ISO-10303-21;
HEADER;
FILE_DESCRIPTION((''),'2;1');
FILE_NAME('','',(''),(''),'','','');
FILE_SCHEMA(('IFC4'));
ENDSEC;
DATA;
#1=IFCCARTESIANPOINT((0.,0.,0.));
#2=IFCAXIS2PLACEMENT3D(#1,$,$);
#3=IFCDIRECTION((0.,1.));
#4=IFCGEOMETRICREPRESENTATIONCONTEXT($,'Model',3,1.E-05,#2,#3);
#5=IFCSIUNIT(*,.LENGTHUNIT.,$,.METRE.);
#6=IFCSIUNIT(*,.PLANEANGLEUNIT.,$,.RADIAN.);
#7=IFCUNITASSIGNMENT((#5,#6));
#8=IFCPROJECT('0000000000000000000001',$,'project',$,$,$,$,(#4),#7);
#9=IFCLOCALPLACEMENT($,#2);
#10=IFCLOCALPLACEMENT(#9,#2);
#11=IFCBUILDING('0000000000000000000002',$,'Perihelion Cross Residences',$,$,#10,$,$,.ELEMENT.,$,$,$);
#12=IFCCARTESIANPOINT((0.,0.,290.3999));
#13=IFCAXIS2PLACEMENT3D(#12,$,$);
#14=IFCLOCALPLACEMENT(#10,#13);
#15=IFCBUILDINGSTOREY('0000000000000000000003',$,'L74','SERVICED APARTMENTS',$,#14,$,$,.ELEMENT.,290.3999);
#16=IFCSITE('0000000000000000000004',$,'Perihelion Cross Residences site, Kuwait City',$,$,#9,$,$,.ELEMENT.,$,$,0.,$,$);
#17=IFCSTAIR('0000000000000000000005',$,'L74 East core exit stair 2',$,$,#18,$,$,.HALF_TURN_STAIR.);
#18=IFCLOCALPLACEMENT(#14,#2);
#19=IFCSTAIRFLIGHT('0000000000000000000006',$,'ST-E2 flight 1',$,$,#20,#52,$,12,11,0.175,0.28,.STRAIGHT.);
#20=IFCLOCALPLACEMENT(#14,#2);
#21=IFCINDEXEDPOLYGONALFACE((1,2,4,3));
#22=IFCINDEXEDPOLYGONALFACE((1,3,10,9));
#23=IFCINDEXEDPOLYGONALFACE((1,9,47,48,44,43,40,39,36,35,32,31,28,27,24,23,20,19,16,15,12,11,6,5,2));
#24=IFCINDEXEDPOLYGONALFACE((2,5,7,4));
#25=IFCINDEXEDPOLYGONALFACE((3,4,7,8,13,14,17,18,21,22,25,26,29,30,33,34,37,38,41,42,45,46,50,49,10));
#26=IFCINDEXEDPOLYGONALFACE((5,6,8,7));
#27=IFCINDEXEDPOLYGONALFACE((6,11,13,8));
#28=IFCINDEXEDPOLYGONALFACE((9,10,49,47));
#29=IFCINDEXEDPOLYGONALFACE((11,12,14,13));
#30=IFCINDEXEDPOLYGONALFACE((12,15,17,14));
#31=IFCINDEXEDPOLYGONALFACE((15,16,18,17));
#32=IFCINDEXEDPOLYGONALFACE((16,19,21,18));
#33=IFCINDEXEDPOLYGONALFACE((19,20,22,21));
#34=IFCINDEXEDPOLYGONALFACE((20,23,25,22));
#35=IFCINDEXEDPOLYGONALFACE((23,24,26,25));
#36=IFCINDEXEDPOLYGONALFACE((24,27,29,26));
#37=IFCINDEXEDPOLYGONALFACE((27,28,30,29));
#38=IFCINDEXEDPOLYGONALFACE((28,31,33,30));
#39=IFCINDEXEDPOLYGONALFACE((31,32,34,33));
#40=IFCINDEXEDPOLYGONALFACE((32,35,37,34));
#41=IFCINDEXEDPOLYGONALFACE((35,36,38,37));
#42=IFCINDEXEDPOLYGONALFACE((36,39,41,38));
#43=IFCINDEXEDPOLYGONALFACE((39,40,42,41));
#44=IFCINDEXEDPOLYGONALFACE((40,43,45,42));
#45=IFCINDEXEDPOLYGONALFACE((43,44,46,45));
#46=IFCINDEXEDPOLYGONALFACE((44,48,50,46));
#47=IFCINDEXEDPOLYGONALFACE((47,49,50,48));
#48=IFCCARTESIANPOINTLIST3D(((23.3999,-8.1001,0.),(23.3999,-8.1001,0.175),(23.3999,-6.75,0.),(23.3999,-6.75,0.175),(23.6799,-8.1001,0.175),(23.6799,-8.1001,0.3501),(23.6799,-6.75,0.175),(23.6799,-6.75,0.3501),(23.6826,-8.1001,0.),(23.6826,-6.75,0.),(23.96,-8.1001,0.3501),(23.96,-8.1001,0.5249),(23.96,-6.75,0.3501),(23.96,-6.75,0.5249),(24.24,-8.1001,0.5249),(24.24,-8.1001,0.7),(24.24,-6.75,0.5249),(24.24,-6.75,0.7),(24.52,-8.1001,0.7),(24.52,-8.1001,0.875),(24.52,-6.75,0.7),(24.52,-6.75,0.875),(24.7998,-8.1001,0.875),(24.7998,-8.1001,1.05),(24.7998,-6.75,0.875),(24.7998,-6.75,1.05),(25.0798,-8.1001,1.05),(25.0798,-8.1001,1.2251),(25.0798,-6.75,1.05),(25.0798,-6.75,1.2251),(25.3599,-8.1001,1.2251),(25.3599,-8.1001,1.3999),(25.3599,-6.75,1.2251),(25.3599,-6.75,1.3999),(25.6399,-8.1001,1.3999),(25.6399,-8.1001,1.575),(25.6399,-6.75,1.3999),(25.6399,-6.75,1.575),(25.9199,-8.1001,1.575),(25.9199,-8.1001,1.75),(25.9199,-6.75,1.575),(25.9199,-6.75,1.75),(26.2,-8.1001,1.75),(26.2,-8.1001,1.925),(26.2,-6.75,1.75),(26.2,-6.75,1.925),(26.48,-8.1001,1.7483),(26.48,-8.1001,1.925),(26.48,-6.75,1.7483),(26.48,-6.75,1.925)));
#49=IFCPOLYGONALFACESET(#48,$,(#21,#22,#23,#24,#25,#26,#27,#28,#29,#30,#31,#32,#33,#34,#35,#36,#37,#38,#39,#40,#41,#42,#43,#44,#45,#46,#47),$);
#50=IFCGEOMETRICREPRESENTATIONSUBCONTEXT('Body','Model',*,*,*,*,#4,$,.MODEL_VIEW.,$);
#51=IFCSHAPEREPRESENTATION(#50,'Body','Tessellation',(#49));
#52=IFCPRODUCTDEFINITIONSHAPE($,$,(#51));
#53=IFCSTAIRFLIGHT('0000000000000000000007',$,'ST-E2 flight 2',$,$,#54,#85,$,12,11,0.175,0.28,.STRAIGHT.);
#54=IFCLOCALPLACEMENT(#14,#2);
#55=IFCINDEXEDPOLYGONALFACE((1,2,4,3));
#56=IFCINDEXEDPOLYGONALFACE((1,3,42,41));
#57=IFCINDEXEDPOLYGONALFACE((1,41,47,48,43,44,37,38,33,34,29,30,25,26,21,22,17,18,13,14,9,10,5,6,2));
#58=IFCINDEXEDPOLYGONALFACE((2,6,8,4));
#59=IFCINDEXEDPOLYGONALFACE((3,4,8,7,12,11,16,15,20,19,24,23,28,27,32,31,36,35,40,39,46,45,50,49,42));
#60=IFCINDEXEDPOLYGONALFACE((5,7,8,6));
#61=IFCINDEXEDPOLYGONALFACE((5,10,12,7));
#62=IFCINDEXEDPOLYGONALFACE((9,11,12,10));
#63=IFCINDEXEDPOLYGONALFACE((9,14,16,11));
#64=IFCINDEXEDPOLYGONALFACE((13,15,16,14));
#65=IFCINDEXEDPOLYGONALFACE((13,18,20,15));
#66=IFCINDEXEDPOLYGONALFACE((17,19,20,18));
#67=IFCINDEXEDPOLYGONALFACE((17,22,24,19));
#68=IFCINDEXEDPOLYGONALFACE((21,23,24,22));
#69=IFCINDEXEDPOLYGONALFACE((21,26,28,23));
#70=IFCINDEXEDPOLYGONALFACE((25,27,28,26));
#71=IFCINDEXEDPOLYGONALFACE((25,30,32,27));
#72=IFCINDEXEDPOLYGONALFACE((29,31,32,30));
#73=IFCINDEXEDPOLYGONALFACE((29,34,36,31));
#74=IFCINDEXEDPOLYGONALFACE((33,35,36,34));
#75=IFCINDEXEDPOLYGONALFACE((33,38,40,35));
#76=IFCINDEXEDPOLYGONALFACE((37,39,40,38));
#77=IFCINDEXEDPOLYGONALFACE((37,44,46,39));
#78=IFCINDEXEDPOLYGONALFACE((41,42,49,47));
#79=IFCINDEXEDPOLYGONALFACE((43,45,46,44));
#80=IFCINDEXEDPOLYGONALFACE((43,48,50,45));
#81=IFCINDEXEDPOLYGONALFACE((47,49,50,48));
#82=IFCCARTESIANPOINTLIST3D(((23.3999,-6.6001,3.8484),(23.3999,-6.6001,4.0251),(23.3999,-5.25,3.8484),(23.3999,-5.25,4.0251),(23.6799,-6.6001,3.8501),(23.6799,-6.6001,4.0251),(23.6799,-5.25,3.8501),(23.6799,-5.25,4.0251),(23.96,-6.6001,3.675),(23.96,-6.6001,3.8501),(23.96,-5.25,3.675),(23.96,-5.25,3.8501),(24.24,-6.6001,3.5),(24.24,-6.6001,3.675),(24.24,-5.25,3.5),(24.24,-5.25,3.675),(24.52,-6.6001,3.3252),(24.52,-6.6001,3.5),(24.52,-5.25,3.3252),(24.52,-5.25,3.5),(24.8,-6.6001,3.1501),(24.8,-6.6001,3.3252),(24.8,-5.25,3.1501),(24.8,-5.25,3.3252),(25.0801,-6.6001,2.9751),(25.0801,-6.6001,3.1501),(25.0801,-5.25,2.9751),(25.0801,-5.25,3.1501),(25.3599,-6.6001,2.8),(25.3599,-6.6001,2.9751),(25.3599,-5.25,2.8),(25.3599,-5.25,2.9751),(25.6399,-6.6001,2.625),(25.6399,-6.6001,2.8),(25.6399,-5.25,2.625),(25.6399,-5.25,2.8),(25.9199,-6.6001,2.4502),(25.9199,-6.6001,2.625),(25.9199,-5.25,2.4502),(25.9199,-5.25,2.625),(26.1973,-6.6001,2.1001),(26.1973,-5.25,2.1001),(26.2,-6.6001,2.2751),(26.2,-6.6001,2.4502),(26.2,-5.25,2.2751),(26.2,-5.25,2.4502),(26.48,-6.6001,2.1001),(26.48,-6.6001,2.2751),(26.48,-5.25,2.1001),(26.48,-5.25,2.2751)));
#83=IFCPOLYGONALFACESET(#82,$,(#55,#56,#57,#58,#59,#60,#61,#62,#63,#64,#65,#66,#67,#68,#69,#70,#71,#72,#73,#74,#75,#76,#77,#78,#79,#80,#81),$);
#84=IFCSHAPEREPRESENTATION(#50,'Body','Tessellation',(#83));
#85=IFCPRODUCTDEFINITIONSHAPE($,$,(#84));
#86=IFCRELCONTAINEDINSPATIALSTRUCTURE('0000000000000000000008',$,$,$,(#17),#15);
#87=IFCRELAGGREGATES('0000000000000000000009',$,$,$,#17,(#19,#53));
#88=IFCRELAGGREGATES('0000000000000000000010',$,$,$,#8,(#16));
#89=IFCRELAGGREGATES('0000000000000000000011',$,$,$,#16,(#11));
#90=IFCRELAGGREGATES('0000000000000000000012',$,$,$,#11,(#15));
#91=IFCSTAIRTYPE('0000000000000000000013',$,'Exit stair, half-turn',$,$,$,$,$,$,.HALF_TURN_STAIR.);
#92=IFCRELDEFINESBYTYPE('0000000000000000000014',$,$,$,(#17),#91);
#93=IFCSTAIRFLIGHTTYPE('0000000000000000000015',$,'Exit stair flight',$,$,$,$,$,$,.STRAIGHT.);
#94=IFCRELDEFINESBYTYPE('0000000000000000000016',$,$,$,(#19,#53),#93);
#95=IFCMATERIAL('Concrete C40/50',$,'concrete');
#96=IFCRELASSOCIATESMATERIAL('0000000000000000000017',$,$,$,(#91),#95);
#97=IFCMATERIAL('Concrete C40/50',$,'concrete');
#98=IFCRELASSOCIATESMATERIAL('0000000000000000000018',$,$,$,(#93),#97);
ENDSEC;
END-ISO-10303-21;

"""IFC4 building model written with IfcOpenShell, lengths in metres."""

from ifc_helpers import new_model, si_unit, direction, frame, origin, place, context, subcontext, project, spatial, polyline, outline, extrude, material, type_object, element, aggregate, save


model = new_model("IFC4")

# Units and contexts
model_context = context("Model", 3, precision=1e-05, world=origin(), true_north=direction((0.0, 1.0)))
body_context = subcontext(model_context, "Body", "Model", "MODEL_VIEW")
ifc_project = project(units=[si_unit("LENGTHUNIT", "METRE"), si_unit("PLANEANGLEUNIT", "RADIAN")], contexts=[model_context])

# Site, building, storey
site_placement = place(None, origin())
site = spatial("IfcSite", under=ifc_project, at=site_placement, Name="Perihelion Cross Residences site, Kuwait City", CompositionType="ELEMENT", RefElevation=0.0)
building_placement = place(site_placement, origin())
building = spatial("IfcBuilding", under=site, at=building_placement, Name="Perihelion Cross Residences", CompositionType="ELEMENT")
storey_placement = place(building_placement, frame((0.0, 0.0, 290.3999)))
storey = spatial("IfcBuildingStorey", under=building, at=storey_placement, Name="L74", Description="SERVICED APARTMENTS", CompositionType="ELEMENT", Elevation=290.3999)

# Stair, stair flights
ifc_material_1 = material(Name="Concrete C40/50", Category="concrete")
stair_type = type_object("IfcStairType", Name="Exit stair, half-turn", PredefinedType="HALF_TURN_STAIR", material=ifc_material_1)
stair_placement = place(storey_placement, origin())
stair = element("IfcStair", 1, at=stair_placement, inside=storey, type_object=stair_type, Name="L74 East core exit stair 2", PredefinedType="HALF_TURN_STAIR")
ifc_material_2 = material(Name="Concrete C40/50", Category="concrete")
stair_flight_type = type_object("IfcStairFlightType", Name="Exit stair flight", PredefinedType="STRAIGHT", material=ifc_material_2)
stair_flight_1_placement = place(storey_placement, frame((23.3999, -7.425, 0.0), z_axis=(0.0, 0.0, 1.0), x_axis=(1.0, 0.0, 0.0)))
stair_flight_1 = element("IfcStairFlight", 2, at=stair_flight_1_placement, type_object=stair_flight_type, Name="ST-E2 flight 1", NumberOfRisers=12, NumberOfTreads=11, PredefinedType="STRAIGHT", RiserHeight=0.175, TreadLength=0.28, context=body_context, shape_type="SweptSolid", body=[
    extrude(outline(polyline([(0.0, 0.0), (0.0, 0.175), (0.28, 0.175), (0.28, 0.3501), (0.5601, 0.3501), (0.5601, 0.5249), (0.8401, 0.5249), (0.8401, 0.7), (1.1201, 0.7), (1.1201, 0.875), (1.3999, 0.875), (1.3999, 1.05), (1.6799, 1.05), (1.6799, 1.2251), (1.96, 1.2251), (1.96, 1.3999), (2.24, 1.3999), (2.24, 1.575), (2.52, 1.575), (2.52, 1.75), (2.8, 1.75), (2.8, 1.925), (3.0801, 1.925), (3.0801, 2.1001), (3.0801, 1.7483), (0.2827, 0.0), (0.0, 0.0)])), frame((0.0, 0.675, 0.0), z_axis=(0.0, -1.0, 0.0), x_axis=(1.0, 0.0, 0.0)), (0.0, 0.0, 1.0), 1.3501),
])
stair_flight_2_placement = place(storey_placement, frame((26.48, -5.925, 2.1001), z_axis=(0.0, 0.0, 1.0), x_axis=(-1.0, 0.0, 0.0)))
stair_flight_2 = element("IfcStairFlight", 3, at=stair_flight_2_placement, type_object=stair_flight_type, Name="ST-E2 flight 2", NumberOfRisers=12, NumberOfTreads=11, PredefinedType="STRAIGHT", RiserHeight=0.175, TreadLength=0.28, context=body_context, shape_type="SweptSolid", body=[
    extrude(outline(polyline([(0.0, 0.0), (0.0, 0.175), (0.28, 0.175), (0.28, 0.3501), (0.5601, 0.3501), (0.5601, 0.5249), (0.8401, 0.5249), (0.8401, 0.7), (1.1201, 0.7), (1.1201, 0.875), (1.3999, 0.875), (1.3999, 1.05), (1.6799, 1.05), (1.6799, 1.2251), (1.96, 1.2251), (1.96, 1.3999), (2.24, 1.3999), (2.24, 1.575), (2.52, 1.575), (2.52, 1.75), (2.8, 1.75), (2.8, 1.925), (3.0801, 1.925), (3.0801, 2.1001), (3.0801, 1.7483), (0.2827, 0.0), (0.0, 0.0)])), frame((0.0, 0.675, 0.0), z_axis=(0.0, -1.0, 0.0), x_axis=(1.0, 0.0, 0.0)), (0.0, 0.0, 1.0), 1.3501),
])
aggregate(stair, [stair_flight_1, stair_flight_2])

save(model, "model.ifc")
